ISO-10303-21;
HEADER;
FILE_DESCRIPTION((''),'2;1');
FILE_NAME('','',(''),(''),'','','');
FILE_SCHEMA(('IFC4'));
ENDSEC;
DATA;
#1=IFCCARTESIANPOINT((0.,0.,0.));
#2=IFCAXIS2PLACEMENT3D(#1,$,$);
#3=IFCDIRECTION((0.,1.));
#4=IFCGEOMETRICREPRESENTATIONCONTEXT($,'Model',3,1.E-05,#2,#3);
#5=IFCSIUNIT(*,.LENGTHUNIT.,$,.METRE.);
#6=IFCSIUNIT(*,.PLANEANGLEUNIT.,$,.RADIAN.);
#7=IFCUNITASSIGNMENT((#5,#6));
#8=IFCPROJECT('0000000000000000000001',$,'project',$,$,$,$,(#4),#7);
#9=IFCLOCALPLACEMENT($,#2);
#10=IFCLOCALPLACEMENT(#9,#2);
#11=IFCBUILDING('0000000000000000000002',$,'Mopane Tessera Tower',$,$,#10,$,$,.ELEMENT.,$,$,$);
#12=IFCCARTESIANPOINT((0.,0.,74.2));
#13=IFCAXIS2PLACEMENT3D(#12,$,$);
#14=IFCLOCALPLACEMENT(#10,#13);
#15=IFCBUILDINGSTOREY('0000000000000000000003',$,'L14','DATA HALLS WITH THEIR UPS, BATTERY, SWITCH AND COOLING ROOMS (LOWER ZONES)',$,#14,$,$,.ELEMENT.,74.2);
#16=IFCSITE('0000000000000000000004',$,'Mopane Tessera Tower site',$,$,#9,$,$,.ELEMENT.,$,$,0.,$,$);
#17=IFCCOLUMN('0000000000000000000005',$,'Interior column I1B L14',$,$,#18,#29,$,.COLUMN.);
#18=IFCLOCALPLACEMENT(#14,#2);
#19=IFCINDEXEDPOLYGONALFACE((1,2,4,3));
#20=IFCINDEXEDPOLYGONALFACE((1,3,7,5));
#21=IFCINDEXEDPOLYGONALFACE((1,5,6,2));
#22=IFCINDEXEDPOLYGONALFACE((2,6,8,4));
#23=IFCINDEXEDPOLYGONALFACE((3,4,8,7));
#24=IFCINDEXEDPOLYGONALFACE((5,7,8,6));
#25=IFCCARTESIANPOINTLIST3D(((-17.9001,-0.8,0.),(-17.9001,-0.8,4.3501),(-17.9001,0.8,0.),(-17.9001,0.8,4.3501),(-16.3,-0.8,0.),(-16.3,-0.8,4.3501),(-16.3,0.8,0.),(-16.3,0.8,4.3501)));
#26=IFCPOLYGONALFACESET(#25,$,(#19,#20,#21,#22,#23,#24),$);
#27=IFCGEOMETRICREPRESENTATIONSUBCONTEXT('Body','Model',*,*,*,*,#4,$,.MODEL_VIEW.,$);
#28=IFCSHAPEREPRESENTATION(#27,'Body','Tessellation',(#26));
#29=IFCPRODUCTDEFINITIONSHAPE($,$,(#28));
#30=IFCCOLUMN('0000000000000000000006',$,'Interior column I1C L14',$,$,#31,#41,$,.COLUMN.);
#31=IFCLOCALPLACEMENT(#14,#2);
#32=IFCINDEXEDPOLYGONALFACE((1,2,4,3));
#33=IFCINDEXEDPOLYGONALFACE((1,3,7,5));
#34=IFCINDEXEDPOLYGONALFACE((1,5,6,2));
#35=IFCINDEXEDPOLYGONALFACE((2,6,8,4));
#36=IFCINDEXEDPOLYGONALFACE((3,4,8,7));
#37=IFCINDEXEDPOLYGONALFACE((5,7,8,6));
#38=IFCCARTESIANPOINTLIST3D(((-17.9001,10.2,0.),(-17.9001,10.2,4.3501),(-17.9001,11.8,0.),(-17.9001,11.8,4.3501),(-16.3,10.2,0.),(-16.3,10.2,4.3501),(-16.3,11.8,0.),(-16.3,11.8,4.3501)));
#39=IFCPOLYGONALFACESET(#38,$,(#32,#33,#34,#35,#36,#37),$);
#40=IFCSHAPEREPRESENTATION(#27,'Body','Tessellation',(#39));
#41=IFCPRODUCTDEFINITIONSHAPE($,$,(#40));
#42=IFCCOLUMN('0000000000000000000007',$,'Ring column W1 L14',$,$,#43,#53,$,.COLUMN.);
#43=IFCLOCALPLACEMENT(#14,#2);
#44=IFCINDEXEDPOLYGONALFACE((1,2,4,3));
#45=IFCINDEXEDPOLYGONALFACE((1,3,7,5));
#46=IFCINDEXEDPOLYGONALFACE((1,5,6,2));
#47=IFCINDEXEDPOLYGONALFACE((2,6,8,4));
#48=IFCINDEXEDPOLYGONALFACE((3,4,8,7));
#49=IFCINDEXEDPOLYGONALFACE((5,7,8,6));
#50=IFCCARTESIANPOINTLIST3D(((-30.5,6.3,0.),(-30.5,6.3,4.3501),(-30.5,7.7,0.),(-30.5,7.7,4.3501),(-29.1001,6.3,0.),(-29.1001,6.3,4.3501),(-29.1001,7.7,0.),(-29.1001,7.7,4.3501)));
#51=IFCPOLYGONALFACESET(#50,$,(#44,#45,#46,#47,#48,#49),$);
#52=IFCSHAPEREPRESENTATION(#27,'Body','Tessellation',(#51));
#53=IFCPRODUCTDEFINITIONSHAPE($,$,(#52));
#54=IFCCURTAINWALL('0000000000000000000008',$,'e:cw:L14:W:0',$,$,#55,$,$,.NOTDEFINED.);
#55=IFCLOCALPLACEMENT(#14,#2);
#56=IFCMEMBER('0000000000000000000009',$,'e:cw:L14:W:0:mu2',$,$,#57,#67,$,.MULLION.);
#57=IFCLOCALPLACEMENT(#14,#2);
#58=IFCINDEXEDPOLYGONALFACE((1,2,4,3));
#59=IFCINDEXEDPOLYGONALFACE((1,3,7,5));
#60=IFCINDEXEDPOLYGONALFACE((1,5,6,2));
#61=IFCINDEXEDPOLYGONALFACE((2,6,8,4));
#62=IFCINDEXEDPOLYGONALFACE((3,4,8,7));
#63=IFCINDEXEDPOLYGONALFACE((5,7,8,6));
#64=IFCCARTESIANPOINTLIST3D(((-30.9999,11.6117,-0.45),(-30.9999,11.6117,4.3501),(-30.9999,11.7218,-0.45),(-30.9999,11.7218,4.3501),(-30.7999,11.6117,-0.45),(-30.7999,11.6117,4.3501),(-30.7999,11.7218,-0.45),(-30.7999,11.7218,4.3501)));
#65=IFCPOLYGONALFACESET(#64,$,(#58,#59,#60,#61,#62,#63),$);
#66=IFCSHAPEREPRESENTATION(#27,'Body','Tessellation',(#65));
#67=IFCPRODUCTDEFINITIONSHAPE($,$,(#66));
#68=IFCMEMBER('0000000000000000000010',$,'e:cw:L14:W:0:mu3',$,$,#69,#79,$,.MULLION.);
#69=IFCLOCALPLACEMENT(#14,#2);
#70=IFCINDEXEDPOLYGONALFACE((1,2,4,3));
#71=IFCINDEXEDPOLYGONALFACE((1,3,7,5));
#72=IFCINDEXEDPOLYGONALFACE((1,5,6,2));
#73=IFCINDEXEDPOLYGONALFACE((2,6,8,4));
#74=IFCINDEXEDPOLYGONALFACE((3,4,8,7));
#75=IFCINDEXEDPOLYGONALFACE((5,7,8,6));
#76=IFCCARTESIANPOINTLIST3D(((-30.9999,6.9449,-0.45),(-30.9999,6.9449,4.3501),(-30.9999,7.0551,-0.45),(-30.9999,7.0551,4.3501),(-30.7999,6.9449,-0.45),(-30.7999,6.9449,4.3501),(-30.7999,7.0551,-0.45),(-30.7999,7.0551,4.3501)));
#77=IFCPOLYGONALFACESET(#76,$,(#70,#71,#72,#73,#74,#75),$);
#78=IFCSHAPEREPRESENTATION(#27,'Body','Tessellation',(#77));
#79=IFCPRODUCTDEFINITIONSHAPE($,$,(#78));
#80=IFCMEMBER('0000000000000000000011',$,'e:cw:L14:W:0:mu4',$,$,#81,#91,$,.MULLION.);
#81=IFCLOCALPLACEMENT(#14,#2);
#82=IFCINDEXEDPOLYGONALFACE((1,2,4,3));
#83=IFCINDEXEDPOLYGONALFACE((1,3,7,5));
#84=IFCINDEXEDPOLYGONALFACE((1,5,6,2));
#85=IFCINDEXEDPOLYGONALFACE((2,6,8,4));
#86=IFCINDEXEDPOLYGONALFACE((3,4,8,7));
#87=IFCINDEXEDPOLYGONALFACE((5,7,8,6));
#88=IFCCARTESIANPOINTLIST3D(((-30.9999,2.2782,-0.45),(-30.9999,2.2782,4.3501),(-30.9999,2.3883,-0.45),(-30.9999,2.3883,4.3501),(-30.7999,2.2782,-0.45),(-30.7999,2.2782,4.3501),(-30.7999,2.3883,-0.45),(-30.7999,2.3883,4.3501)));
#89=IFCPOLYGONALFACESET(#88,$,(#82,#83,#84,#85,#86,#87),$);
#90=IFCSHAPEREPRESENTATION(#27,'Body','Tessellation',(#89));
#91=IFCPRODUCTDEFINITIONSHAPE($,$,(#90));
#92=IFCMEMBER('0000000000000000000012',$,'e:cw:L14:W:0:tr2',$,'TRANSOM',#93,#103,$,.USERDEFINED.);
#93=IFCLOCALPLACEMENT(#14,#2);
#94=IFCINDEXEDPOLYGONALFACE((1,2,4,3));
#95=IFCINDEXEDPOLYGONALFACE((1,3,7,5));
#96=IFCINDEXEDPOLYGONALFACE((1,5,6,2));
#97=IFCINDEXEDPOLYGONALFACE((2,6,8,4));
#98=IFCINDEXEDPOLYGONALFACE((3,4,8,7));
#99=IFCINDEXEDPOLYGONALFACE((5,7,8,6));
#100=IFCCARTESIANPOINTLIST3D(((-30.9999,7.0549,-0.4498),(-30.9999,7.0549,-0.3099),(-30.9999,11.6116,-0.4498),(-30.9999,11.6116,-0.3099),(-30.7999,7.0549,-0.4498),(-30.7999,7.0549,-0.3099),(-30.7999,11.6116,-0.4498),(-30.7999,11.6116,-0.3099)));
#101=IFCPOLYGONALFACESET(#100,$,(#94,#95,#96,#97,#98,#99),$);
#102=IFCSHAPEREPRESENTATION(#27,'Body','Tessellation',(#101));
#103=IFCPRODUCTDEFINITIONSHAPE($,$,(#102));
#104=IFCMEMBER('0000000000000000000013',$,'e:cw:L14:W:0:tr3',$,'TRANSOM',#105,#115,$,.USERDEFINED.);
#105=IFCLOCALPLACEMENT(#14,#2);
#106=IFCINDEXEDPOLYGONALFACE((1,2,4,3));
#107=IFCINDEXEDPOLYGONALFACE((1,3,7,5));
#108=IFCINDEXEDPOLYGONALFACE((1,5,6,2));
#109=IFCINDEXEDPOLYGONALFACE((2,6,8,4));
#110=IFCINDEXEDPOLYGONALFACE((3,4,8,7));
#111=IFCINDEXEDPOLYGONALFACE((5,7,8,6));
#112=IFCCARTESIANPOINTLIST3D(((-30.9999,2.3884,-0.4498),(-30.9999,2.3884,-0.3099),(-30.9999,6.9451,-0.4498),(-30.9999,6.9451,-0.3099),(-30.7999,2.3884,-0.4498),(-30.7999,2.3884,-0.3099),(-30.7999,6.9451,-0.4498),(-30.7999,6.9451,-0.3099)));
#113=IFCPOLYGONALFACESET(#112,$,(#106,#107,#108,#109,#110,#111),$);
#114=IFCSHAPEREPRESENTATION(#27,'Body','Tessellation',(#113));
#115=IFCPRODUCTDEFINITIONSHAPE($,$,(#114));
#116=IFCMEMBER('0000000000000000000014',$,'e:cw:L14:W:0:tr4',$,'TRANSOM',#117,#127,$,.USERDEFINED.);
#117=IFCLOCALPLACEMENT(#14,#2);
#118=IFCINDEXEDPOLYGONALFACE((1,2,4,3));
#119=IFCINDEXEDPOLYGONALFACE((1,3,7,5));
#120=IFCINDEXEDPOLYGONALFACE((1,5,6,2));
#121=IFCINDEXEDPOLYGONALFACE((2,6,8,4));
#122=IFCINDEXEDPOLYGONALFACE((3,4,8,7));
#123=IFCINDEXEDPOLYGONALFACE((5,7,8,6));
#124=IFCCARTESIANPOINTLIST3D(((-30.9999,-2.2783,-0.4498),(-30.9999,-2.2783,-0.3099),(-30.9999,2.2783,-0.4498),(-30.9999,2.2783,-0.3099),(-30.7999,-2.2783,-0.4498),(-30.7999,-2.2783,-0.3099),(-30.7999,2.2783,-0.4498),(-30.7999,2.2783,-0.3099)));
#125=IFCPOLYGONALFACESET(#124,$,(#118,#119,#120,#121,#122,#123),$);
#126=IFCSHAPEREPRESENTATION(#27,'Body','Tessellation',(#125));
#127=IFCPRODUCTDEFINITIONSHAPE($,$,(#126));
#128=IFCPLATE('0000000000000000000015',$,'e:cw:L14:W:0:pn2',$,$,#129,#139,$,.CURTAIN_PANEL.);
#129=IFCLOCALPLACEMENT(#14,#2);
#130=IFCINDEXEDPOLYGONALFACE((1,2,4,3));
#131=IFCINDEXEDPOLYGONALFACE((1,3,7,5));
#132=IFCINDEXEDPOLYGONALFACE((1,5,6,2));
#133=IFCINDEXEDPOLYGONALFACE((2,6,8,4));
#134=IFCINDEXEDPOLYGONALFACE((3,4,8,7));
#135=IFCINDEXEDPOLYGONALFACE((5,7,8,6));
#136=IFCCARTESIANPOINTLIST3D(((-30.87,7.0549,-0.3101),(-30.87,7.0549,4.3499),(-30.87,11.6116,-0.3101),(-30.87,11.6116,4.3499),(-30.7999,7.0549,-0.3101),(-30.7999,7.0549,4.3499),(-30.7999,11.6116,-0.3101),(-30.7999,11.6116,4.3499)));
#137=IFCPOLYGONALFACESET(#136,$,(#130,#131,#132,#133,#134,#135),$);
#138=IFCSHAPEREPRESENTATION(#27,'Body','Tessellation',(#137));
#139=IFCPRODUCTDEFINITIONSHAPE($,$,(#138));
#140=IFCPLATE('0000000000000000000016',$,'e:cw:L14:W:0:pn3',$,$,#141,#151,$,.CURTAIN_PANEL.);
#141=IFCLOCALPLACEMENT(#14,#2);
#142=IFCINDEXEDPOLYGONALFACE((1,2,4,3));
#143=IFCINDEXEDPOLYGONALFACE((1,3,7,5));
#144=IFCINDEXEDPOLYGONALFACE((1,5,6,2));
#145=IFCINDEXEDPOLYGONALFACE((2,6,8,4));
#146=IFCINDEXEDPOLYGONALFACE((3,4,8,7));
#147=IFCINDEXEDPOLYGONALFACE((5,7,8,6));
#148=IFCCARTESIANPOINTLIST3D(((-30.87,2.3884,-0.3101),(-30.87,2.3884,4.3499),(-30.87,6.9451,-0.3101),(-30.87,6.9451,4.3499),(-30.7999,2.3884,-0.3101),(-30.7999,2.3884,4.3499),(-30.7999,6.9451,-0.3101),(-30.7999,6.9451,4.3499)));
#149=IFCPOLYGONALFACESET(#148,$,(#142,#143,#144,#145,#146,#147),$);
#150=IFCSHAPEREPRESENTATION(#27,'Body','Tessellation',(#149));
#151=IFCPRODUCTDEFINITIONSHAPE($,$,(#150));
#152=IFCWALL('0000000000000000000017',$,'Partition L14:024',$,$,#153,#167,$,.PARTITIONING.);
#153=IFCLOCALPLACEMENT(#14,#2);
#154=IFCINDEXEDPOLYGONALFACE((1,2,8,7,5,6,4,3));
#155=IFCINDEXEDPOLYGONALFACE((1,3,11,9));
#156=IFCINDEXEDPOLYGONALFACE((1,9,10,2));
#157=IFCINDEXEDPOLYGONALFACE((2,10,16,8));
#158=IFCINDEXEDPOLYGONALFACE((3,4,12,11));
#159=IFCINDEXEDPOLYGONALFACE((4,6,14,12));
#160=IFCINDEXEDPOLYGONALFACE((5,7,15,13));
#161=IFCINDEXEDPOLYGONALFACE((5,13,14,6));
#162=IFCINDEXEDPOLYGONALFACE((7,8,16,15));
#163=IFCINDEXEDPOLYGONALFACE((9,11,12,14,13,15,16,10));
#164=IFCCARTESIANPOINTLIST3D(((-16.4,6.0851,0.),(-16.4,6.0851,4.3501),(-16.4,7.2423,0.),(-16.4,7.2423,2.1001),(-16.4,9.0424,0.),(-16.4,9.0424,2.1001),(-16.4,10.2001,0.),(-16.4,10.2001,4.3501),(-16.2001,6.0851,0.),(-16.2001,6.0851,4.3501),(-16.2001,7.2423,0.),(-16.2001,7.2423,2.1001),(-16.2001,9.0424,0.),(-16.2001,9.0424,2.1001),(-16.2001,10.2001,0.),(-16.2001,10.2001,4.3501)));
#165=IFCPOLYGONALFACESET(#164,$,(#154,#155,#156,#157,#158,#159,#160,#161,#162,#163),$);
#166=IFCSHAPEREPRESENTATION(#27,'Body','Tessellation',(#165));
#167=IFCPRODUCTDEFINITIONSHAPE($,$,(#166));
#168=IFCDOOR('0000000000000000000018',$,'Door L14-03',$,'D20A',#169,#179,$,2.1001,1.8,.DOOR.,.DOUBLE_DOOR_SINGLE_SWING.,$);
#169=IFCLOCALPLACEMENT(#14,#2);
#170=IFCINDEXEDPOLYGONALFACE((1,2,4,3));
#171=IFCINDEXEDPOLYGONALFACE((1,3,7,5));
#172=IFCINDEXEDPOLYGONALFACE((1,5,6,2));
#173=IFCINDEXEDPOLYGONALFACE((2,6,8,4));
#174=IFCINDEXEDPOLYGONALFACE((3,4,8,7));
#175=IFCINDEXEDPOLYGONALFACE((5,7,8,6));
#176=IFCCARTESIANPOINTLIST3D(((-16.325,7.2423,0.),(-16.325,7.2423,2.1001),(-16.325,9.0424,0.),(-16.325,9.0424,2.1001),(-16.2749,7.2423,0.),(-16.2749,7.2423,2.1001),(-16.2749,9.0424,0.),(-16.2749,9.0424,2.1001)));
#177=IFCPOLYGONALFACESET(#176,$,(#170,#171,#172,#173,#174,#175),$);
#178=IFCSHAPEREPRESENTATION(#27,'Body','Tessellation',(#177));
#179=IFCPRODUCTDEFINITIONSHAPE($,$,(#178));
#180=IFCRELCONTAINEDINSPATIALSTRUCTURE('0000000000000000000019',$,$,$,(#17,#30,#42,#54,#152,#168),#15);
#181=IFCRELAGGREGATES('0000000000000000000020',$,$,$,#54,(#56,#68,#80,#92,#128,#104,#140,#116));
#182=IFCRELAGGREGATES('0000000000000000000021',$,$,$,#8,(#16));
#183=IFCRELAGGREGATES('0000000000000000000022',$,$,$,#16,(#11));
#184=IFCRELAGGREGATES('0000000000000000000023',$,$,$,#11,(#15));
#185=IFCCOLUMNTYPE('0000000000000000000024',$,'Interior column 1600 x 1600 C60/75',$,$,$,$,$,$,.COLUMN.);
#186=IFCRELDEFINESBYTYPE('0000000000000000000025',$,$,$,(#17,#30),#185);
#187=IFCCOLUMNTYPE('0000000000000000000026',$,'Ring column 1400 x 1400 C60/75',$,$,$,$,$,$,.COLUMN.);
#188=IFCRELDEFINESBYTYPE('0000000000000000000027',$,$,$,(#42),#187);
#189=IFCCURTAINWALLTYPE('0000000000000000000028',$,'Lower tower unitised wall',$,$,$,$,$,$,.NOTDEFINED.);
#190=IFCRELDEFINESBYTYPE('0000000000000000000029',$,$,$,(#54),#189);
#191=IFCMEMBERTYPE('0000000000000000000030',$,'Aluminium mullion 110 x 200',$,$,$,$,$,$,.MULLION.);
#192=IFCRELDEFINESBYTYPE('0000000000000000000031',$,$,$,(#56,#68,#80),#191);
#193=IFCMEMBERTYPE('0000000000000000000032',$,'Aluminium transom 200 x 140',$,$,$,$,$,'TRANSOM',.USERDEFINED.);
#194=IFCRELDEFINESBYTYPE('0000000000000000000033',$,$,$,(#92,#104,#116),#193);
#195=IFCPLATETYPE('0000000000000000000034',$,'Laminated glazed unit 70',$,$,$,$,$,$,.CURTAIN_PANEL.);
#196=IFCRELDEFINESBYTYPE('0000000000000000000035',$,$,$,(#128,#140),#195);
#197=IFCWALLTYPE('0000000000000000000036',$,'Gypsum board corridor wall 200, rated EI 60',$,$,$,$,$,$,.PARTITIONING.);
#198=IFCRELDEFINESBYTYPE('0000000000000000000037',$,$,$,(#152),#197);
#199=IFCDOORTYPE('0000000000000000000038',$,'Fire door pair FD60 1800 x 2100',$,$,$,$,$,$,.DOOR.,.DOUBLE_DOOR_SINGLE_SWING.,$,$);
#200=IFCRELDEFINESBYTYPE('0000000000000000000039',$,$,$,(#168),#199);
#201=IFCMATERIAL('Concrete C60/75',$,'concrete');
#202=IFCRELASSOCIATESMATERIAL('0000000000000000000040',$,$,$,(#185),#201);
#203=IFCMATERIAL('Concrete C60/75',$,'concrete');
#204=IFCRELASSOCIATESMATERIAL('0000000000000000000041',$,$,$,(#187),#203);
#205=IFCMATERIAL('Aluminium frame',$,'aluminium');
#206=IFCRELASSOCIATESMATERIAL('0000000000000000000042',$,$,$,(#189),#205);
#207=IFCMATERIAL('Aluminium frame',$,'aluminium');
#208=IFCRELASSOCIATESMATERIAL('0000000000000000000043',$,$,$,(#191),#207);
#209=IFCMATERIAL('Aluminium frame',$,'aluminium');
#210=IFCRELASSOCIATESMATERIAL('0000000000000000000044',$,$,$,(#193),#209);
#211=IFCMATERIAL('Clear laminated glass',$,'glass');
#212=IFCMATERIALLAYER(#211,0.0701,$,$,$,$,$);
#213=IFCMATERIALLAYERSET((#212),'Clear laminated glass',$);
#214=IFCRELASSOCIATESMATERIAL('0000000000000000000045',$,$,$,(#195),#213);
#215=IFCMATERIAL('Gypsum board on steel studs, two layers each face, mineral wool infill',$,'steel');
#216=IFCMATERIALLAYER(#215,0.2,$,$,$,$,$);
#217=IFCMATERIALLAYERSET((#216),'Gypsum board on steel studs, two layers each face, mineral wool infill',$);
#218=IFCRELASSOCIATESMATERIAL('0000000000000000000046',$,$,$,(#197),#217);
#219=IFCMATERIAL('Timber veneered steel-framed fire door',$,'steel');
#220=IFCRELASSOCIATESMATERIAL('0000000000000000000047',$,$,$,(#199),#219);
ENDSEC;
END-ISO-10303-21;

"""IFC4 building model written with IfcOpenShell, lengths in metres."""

from ifc_helpers import new_model, si_unit, direction, frame, frame_2d, origin, origin_2d, place, context, subcontext, project, spatial, rectangle, extrude, material, layer, layer_set, material_profile, profile_set, type_object, element, fill, aggregate, save


model = new_model("IFC4")

# Units and contexts
model_context = context("Model", 3, precision=1e-05, world=origin(), true_north=direction((0.0, 1.0)))
body_context = subcontext(model_context, "Body", "Model", "MODEL_VIEW")
ifc_project = project(units=[si_unit("LENGTHUNIT", "METRE"), si_unit("PLANEANGLEUNIT", "RADIAN")], contexts=[model_context])

# Site, building, storey
site_placement = place(None, origin())
site = spatial("IfcSite", under=ifc_project, at=site_placement, Name="Mopane Tessera Tower site", CompositionType="ELEMENT", RefElevation=0.0)
building_placement = place(site_placement, origin())
building = spatial("IfcBuilding", under=site, at=building_placement, Name="Mopane Tessera Tower", CompositionType="ELEMENT")
storey_placement = place(building_placement, frame((0.0, 0.0, 74.2)))
storey = spatial("IfcBuildingStorey", under=building, at=storey_placement, Name="L14", Description="DATA HALLS WITH THEIR UPS, BATTERY, SWITCH AND COOLING ROOMS (LOWER ZONES)", CompositionType="ELEMENT", Elevation=74.2)

# Columns
ifc_material_1 = material(Name="Concrete C60/75", Category="concrete")
ifc_material_profile_1 = material_profile(ifc_material_1, rectangle(XDim=1.6001, YDim=1.6001, at=origin_2d()))
ifc_profile_set_1 = profile_set([ifc_material_profile_1], Name="Concrete C60/75")
column_type_1 = type_object("IfcColumnType", Name="Interior column 1600 x 1600 C60/75", PredefinedType="COLUMN", material=ifc_profile_set_1)
for number, where, z_axis, x_axis, name in (
    (1, (-17.1001, 0.0, 0.0), (0.0, 0.0, 1.0), (1.0, 0.0, 0.0), "Interior column I1B L14"),
    (2, (-17.1001, 11.0, 0.0), (0.0, 0.0, 1.0), (1.0, 0.0, 0.0), "Interior column I1C L14"),
):
    element("IfcColumn", number, at=place(storey_placement, frame(where, z_axis=z_axis, x_axis=x_axis)), inside=storey, type_object=column_type_1, Name=name, PredefinedType="COLUMN", context=body_context, shape_type="SweptSolid", body=[
        extrude(rectangle(XDim=1.6001, YDim=1.6001, at=origin_2d()), origin(), (0.0, 0.0, 1.0), 4.3501),
    ])
ifc_material_2 = material(Name="Concrete C60/75", Category="concrete")
ifc_material_profile_2 = material_profile(ifc_material_2, rectangle(XDim=1.3999, YDim=1.3999, at=origin_2d()))
ifc_profile_set_2 = profile_set([ifc_material_profile_2], Name="Concrete C60/75")
column_type_2 = type_object("IfcColumnType", Name="Ring column 1400 x 1400 C60/75", PredefinedType="COLUMN", material=ifc_profile_set_2)
column_placement = place(storey_placement, frame((-29.8, 7.0, 0.0), z_axis=(0.0, 0.0, 1.0), x_axis=(1.0, 0.0, 0.0)))
element("IfcColumn", 3, at=column_placement, inside=storey, type_object=column_type_2, Name="Ring column W1 L14", PredefinedType="COLUMN", context=body_context, shape_type="SweptSolid", body=[
    extrude(rectangle(XDim=1.3999, YDim=1.3999, at=origin_2d()), origin(), (0.0, 0.0, 1.0), 4.3501),
])

# Curtain wall, members, plates
ifc_material_3 = material(Name="Aluminium frame", Category="aluminium")
curtain_wall_type = type_object("IfcCurtainWallType", Name="Lower tower unitised wall", PredefinedType="NOTDEFINED", material=ifc_material_3)
curtain_wall_placement = place(storey_placement, origin())
curtain_wall = element("IfcCurtainWall", 4, at=curtain_wall_placement, inside=storey, type_object=curtain_wall_type, Name="e:cw:L14:W:0", PredefinedType="NOTDEFINED")
ifc_material_4 = material(Name="Aluminium frame", Category="aluminium")
ifc_material_profile_3 = material_profile(ifc_material_4, rectangle(XDim=0.1101, YDim=0.2, at=origin_2d()))
ifc_profile_set_3 = profile_set([ifc_material_profile_3], Name="Aluminium frame")
member_type_1 = type_object("IfcMemberType", Name="Aluminium mullion 110 x 200", PredefinedType="MULLION", material=ifc_profile_set_3)
member_1_placement = place(storey_placement, frame((-30.8999, 11.6667, -0.45), z_axis=(0.0, 0.0, 1.0), x_axis=(0.0, -1.0, 0.0)))
member_1 = element("IfcMember", 5, at=member_1_placement, type_object=member_type_1, Name="e:cw:L14:W:0:mu2", PredefinedType="MULLION", context=body_context, shape_type="SweptSolid", body=[
    extrude(rectangle(XDim=0.1101, YDim=0.2, at=origin_2d()), origin(), (0.0, 0.0, 1.0), 4.8),
])
member_2_placement = place(storey_placement, frame((-30.8999, 7.0, -0.45), z_axis=(0.0, 0.0, 1.0), x_axis=(0.0, -1.0, 0.0)))
member_2 = element("IfcMember", 6, at=member_2_placement, type_object=member_type_1, Name="e:cw:L14:W:0:mu3", PredefinedType="MULLION", context=body_context, shape_type="SweptSolid", body=[
    extrude(rectangle(XDim=0.1101, YDim=0.2, at=origin_2d()), origin(), (0.0, 0.0, 1.0), 4.8),
])
member_3_placement = place(storey_placement, frame((-30.8999, 2.3333, -0.45), z_axis=(0.0, 0.0, 1.0), x_axis=(0.0, -1.0, 0.0)))
member_3 = element("IfcMember", 7, at=member_3_placement, type_object=member_type_1, Name="e:cw:L14:W:0:mu4", PredefinedType="MULLION", context=body_context, shape_type="SweptSolid", body=[
    extrude(rectangle(XDim=0.1101, YDim=0.2, at=origin_2d()), origin(), (0.0, 0.0, 1.0), 4.8),
])
ifc_material_5 = material(Name="Aluminium frame", Category="aluminium")
ifc_material_profile_4 = material_profile(ifc_material_5, rectangle(XDim=0.2, YDim=0.1399, at=origin_2d()))
ifc_profile_set_4 = profile_set([ifc_material_profile_4], Name="Aluminium frame")
member_type_2 = type_object("IfcMemberType", Name="Aluminium transom 200 x 140", ElementType="TRANSOM", PredefinedType="USERDEFINED", material=ifc_profile_set_4)
member_4_placement = place(storey_placement, frame((-30.8999, 11.6116, -0.3799), z_axis=(0.0, -1.0, 0.0), x_axis=(1.0, 0.0, 0.0)))
member_4 = element("IfcMember", 8, at=member_4_placement, type_object=member_type_2, Name="e:cw:L14:W:0:tr2", ObjectType="TRANSOM", PredefinedType="USERDEFINED", context=body_context, shape_type="SweptSolid", body=[
    extrude(rectangle(XDim=0.2, YDim=0.1399, at=origin_2d()), origin(), (0.0, 0.0, 1.0), 4.5566),
])
member_5_placement = place(storey_placement, frame((-30.8999, 6.9451, -0.3799), z_axis=(0.0, -1.0, 0.0), x_axis=(1.0, 0.0, 0.0)))
member_5 = element("IfcMember", 9, at=member_5_placement, type_object=member_type_2, Name="e:cw:L14:W:0:tr3", ObjectType="TRANSOM", PredefinedType="USERDEFINED", context=body_context, shape_type="SweptSolid", body=[
    extrude(rectangle(XDim=0.2, YDim=0.1399, at=origin_2d()), origin(), (0.0, 0.0, 1.0), 4.5566),
])
member_6_placement = place(storey_placement, frame((-30.8999, 2.2783, -0.3799), z_axis=(0.0, -1.0, 0.0), x_axis=(1.0, 0.0, 0.0)))
member_6 = element("IfcMember", 10, at=member_6_placement, type_object=member_type_2, Name="e:cw:L14:W:0:tr4", ObjectType="TRANSOM", PredefinedType="USERDEFINED", context=body_context, shape_type="SweptSolid", body=[
    extrude(rectangle(XDim=0.2, YDim=0.1399, at=origin_2d()), origin(), (0.0, 0.0, 1.0), 4.5566),
])
ifc_material_6 = material(Name="Clear laminated glass", Category="glass")
ifc_layer_1 = layer(ifc_material_6, 0.0701)
ifc_layer_set_1 = layer_set([ifc_layer_1], Name="Clear laminated glass")
plate_type = type_object("IfcPlateType", Name="Laminated glazed unit 70", PredefinedType="CURTAIN_PANEL", material=ifc_layer_set_1)
plate_1_placement = place(storey_placement, frame((-30.835, 9.3333, -0.3101), z_axis=(0.0, 0.0, 1.0), x_axis=(0.0, -1.0, 0.0)))
plate_1 = element("IfcPlate", 11, at=plate_1_placement, type_object=plate_type, Name="e:cw:L14:W:0:pn2", PredefinedType="CURTAIN_PANEL", context=body_context, shape_type="SweptSolid", body=[
    extrude(rectangle(XDim=4.5566, YDim=0.0701, at=origin_2d()), origin(), (0.0, 0.0, 1.0), 4.6599),
])
plate_2_placement = place(storey_placement, frame((-30.835, 4.6667, -0.3101), z_axis=(0.0, 0.0, 1.0), x_axis=(0.0, -1.0, 0.0)))
plate_2 = element("IfcPlate", 12, at=plate_2_placement, type_object=plate_type, Name="e:cw:L14:W:0:pn3", PredefinedType="CURTAIN_PANEL", context=body_context, shape_type="SweptSolid", body=[
    extrude(rectangle(XDim=4.5566, YDim=0.0701, at=origin_2d()), origin(), (0.0, 0.0, 1.0), 4.6599),
])
aggregate(curtain_wall, [member_1, member_2, member_3, member_4, plate_1, member_5, plate_2, member_6])

# Wall, opening, door
ifc_material_7 = material(Name="Gypsum board on steel studs, two layers each face, mineral wool infill", Category="steel")
ifc_layer_2 = layer(ifc_material_7, 0.2)
ifc_layer_set_2 = layer_set([ifc_layer_2], Name="Gypsum board on steel studs, two layers each face, mineral wool infill")
wall_type_1 = type_object("IfcWallType", Name="Gypsum board corridor wall 200, rated EI 60", PredefinedType="PARTITIONING", material=ifc_layer_set_2)
wall_1_placement = place(storey_placement, frame((-16.3, 6.085, 0.0), z_axis=(0.0, 0.0, 1.0), x_axis=(0.0, 1.0, 0.0)))
wall_1 = element("IfcWall", 13, at=wall_1_placement, inside=storey, type_object=wall_type_1, Name="Partition L14:024", PredefinedType="PARTITIONING", context=body_context, shape_type="SweptSolid", body=[
    extrude(rectangle(XDim=4.115, YDim=0.2, at=frame_2d((2.0576, 0.0))), origin(), (0.0, 0.0, 1.0), 4.3501),
])
opening_placement = place(wall_1_placement, frame((1.1575, 0.0, 0.0)))
opening = element("IfcOpeningElement", 14, at=opening_placement, cuts=wall_1, PredefinedType="OPENING", context=body_context, shape_type="SweptSolid", body=[
    extrude(rectangle(XDim=1.8, YDim=2.1001, at=frame_2d((0.8999, 1.05))), frame((0.0, 0.1121, 0.0), z_axis=(0.0, -1.0, 0.0), x_axis=(1.0, 0.0, 0.0)), (0.0, 0.0, 1.0), 0.2239),
])
ifc_material_8 = material(Name="Timber veneered steel-framed fire door", Category="steel")
door_type = type_object("IfcDoorType", Name="Fire door pair FD60 1800 x 2100", OperationType="DOUBLE_DOOR_SINGLE_SWING", PredefinedType="DOOR", material=ifc_material_8)
door_placement = place(opening_placement, origin())
door = element("IfcDoor", 15, at=door_placement, inside=storey, type_object=door_type, Name="Door L14-03", ObjectType="D20A", OperationType="DOUBLE_DOOR_SINGLE_SWING", OverallHeight=2.1001, OverallWidth=1.8, PredefinedType="DOOR", context=body_context, shape_type="SweptSolid", body=[
    extrude(rectangle(XDim=1.8, YDim=2.1001, at=frame_2d((0.8999, 1.05))), frame((0.0, 0.0249, 0.0), z_axis=(0.0, -1.0, 0.0), x_axis=(1.0, 0.0, 0.0)), (0.0, 0.0, 1.0), 0.05),
])
fill(opening, door)

save(model, "model.ifc")
